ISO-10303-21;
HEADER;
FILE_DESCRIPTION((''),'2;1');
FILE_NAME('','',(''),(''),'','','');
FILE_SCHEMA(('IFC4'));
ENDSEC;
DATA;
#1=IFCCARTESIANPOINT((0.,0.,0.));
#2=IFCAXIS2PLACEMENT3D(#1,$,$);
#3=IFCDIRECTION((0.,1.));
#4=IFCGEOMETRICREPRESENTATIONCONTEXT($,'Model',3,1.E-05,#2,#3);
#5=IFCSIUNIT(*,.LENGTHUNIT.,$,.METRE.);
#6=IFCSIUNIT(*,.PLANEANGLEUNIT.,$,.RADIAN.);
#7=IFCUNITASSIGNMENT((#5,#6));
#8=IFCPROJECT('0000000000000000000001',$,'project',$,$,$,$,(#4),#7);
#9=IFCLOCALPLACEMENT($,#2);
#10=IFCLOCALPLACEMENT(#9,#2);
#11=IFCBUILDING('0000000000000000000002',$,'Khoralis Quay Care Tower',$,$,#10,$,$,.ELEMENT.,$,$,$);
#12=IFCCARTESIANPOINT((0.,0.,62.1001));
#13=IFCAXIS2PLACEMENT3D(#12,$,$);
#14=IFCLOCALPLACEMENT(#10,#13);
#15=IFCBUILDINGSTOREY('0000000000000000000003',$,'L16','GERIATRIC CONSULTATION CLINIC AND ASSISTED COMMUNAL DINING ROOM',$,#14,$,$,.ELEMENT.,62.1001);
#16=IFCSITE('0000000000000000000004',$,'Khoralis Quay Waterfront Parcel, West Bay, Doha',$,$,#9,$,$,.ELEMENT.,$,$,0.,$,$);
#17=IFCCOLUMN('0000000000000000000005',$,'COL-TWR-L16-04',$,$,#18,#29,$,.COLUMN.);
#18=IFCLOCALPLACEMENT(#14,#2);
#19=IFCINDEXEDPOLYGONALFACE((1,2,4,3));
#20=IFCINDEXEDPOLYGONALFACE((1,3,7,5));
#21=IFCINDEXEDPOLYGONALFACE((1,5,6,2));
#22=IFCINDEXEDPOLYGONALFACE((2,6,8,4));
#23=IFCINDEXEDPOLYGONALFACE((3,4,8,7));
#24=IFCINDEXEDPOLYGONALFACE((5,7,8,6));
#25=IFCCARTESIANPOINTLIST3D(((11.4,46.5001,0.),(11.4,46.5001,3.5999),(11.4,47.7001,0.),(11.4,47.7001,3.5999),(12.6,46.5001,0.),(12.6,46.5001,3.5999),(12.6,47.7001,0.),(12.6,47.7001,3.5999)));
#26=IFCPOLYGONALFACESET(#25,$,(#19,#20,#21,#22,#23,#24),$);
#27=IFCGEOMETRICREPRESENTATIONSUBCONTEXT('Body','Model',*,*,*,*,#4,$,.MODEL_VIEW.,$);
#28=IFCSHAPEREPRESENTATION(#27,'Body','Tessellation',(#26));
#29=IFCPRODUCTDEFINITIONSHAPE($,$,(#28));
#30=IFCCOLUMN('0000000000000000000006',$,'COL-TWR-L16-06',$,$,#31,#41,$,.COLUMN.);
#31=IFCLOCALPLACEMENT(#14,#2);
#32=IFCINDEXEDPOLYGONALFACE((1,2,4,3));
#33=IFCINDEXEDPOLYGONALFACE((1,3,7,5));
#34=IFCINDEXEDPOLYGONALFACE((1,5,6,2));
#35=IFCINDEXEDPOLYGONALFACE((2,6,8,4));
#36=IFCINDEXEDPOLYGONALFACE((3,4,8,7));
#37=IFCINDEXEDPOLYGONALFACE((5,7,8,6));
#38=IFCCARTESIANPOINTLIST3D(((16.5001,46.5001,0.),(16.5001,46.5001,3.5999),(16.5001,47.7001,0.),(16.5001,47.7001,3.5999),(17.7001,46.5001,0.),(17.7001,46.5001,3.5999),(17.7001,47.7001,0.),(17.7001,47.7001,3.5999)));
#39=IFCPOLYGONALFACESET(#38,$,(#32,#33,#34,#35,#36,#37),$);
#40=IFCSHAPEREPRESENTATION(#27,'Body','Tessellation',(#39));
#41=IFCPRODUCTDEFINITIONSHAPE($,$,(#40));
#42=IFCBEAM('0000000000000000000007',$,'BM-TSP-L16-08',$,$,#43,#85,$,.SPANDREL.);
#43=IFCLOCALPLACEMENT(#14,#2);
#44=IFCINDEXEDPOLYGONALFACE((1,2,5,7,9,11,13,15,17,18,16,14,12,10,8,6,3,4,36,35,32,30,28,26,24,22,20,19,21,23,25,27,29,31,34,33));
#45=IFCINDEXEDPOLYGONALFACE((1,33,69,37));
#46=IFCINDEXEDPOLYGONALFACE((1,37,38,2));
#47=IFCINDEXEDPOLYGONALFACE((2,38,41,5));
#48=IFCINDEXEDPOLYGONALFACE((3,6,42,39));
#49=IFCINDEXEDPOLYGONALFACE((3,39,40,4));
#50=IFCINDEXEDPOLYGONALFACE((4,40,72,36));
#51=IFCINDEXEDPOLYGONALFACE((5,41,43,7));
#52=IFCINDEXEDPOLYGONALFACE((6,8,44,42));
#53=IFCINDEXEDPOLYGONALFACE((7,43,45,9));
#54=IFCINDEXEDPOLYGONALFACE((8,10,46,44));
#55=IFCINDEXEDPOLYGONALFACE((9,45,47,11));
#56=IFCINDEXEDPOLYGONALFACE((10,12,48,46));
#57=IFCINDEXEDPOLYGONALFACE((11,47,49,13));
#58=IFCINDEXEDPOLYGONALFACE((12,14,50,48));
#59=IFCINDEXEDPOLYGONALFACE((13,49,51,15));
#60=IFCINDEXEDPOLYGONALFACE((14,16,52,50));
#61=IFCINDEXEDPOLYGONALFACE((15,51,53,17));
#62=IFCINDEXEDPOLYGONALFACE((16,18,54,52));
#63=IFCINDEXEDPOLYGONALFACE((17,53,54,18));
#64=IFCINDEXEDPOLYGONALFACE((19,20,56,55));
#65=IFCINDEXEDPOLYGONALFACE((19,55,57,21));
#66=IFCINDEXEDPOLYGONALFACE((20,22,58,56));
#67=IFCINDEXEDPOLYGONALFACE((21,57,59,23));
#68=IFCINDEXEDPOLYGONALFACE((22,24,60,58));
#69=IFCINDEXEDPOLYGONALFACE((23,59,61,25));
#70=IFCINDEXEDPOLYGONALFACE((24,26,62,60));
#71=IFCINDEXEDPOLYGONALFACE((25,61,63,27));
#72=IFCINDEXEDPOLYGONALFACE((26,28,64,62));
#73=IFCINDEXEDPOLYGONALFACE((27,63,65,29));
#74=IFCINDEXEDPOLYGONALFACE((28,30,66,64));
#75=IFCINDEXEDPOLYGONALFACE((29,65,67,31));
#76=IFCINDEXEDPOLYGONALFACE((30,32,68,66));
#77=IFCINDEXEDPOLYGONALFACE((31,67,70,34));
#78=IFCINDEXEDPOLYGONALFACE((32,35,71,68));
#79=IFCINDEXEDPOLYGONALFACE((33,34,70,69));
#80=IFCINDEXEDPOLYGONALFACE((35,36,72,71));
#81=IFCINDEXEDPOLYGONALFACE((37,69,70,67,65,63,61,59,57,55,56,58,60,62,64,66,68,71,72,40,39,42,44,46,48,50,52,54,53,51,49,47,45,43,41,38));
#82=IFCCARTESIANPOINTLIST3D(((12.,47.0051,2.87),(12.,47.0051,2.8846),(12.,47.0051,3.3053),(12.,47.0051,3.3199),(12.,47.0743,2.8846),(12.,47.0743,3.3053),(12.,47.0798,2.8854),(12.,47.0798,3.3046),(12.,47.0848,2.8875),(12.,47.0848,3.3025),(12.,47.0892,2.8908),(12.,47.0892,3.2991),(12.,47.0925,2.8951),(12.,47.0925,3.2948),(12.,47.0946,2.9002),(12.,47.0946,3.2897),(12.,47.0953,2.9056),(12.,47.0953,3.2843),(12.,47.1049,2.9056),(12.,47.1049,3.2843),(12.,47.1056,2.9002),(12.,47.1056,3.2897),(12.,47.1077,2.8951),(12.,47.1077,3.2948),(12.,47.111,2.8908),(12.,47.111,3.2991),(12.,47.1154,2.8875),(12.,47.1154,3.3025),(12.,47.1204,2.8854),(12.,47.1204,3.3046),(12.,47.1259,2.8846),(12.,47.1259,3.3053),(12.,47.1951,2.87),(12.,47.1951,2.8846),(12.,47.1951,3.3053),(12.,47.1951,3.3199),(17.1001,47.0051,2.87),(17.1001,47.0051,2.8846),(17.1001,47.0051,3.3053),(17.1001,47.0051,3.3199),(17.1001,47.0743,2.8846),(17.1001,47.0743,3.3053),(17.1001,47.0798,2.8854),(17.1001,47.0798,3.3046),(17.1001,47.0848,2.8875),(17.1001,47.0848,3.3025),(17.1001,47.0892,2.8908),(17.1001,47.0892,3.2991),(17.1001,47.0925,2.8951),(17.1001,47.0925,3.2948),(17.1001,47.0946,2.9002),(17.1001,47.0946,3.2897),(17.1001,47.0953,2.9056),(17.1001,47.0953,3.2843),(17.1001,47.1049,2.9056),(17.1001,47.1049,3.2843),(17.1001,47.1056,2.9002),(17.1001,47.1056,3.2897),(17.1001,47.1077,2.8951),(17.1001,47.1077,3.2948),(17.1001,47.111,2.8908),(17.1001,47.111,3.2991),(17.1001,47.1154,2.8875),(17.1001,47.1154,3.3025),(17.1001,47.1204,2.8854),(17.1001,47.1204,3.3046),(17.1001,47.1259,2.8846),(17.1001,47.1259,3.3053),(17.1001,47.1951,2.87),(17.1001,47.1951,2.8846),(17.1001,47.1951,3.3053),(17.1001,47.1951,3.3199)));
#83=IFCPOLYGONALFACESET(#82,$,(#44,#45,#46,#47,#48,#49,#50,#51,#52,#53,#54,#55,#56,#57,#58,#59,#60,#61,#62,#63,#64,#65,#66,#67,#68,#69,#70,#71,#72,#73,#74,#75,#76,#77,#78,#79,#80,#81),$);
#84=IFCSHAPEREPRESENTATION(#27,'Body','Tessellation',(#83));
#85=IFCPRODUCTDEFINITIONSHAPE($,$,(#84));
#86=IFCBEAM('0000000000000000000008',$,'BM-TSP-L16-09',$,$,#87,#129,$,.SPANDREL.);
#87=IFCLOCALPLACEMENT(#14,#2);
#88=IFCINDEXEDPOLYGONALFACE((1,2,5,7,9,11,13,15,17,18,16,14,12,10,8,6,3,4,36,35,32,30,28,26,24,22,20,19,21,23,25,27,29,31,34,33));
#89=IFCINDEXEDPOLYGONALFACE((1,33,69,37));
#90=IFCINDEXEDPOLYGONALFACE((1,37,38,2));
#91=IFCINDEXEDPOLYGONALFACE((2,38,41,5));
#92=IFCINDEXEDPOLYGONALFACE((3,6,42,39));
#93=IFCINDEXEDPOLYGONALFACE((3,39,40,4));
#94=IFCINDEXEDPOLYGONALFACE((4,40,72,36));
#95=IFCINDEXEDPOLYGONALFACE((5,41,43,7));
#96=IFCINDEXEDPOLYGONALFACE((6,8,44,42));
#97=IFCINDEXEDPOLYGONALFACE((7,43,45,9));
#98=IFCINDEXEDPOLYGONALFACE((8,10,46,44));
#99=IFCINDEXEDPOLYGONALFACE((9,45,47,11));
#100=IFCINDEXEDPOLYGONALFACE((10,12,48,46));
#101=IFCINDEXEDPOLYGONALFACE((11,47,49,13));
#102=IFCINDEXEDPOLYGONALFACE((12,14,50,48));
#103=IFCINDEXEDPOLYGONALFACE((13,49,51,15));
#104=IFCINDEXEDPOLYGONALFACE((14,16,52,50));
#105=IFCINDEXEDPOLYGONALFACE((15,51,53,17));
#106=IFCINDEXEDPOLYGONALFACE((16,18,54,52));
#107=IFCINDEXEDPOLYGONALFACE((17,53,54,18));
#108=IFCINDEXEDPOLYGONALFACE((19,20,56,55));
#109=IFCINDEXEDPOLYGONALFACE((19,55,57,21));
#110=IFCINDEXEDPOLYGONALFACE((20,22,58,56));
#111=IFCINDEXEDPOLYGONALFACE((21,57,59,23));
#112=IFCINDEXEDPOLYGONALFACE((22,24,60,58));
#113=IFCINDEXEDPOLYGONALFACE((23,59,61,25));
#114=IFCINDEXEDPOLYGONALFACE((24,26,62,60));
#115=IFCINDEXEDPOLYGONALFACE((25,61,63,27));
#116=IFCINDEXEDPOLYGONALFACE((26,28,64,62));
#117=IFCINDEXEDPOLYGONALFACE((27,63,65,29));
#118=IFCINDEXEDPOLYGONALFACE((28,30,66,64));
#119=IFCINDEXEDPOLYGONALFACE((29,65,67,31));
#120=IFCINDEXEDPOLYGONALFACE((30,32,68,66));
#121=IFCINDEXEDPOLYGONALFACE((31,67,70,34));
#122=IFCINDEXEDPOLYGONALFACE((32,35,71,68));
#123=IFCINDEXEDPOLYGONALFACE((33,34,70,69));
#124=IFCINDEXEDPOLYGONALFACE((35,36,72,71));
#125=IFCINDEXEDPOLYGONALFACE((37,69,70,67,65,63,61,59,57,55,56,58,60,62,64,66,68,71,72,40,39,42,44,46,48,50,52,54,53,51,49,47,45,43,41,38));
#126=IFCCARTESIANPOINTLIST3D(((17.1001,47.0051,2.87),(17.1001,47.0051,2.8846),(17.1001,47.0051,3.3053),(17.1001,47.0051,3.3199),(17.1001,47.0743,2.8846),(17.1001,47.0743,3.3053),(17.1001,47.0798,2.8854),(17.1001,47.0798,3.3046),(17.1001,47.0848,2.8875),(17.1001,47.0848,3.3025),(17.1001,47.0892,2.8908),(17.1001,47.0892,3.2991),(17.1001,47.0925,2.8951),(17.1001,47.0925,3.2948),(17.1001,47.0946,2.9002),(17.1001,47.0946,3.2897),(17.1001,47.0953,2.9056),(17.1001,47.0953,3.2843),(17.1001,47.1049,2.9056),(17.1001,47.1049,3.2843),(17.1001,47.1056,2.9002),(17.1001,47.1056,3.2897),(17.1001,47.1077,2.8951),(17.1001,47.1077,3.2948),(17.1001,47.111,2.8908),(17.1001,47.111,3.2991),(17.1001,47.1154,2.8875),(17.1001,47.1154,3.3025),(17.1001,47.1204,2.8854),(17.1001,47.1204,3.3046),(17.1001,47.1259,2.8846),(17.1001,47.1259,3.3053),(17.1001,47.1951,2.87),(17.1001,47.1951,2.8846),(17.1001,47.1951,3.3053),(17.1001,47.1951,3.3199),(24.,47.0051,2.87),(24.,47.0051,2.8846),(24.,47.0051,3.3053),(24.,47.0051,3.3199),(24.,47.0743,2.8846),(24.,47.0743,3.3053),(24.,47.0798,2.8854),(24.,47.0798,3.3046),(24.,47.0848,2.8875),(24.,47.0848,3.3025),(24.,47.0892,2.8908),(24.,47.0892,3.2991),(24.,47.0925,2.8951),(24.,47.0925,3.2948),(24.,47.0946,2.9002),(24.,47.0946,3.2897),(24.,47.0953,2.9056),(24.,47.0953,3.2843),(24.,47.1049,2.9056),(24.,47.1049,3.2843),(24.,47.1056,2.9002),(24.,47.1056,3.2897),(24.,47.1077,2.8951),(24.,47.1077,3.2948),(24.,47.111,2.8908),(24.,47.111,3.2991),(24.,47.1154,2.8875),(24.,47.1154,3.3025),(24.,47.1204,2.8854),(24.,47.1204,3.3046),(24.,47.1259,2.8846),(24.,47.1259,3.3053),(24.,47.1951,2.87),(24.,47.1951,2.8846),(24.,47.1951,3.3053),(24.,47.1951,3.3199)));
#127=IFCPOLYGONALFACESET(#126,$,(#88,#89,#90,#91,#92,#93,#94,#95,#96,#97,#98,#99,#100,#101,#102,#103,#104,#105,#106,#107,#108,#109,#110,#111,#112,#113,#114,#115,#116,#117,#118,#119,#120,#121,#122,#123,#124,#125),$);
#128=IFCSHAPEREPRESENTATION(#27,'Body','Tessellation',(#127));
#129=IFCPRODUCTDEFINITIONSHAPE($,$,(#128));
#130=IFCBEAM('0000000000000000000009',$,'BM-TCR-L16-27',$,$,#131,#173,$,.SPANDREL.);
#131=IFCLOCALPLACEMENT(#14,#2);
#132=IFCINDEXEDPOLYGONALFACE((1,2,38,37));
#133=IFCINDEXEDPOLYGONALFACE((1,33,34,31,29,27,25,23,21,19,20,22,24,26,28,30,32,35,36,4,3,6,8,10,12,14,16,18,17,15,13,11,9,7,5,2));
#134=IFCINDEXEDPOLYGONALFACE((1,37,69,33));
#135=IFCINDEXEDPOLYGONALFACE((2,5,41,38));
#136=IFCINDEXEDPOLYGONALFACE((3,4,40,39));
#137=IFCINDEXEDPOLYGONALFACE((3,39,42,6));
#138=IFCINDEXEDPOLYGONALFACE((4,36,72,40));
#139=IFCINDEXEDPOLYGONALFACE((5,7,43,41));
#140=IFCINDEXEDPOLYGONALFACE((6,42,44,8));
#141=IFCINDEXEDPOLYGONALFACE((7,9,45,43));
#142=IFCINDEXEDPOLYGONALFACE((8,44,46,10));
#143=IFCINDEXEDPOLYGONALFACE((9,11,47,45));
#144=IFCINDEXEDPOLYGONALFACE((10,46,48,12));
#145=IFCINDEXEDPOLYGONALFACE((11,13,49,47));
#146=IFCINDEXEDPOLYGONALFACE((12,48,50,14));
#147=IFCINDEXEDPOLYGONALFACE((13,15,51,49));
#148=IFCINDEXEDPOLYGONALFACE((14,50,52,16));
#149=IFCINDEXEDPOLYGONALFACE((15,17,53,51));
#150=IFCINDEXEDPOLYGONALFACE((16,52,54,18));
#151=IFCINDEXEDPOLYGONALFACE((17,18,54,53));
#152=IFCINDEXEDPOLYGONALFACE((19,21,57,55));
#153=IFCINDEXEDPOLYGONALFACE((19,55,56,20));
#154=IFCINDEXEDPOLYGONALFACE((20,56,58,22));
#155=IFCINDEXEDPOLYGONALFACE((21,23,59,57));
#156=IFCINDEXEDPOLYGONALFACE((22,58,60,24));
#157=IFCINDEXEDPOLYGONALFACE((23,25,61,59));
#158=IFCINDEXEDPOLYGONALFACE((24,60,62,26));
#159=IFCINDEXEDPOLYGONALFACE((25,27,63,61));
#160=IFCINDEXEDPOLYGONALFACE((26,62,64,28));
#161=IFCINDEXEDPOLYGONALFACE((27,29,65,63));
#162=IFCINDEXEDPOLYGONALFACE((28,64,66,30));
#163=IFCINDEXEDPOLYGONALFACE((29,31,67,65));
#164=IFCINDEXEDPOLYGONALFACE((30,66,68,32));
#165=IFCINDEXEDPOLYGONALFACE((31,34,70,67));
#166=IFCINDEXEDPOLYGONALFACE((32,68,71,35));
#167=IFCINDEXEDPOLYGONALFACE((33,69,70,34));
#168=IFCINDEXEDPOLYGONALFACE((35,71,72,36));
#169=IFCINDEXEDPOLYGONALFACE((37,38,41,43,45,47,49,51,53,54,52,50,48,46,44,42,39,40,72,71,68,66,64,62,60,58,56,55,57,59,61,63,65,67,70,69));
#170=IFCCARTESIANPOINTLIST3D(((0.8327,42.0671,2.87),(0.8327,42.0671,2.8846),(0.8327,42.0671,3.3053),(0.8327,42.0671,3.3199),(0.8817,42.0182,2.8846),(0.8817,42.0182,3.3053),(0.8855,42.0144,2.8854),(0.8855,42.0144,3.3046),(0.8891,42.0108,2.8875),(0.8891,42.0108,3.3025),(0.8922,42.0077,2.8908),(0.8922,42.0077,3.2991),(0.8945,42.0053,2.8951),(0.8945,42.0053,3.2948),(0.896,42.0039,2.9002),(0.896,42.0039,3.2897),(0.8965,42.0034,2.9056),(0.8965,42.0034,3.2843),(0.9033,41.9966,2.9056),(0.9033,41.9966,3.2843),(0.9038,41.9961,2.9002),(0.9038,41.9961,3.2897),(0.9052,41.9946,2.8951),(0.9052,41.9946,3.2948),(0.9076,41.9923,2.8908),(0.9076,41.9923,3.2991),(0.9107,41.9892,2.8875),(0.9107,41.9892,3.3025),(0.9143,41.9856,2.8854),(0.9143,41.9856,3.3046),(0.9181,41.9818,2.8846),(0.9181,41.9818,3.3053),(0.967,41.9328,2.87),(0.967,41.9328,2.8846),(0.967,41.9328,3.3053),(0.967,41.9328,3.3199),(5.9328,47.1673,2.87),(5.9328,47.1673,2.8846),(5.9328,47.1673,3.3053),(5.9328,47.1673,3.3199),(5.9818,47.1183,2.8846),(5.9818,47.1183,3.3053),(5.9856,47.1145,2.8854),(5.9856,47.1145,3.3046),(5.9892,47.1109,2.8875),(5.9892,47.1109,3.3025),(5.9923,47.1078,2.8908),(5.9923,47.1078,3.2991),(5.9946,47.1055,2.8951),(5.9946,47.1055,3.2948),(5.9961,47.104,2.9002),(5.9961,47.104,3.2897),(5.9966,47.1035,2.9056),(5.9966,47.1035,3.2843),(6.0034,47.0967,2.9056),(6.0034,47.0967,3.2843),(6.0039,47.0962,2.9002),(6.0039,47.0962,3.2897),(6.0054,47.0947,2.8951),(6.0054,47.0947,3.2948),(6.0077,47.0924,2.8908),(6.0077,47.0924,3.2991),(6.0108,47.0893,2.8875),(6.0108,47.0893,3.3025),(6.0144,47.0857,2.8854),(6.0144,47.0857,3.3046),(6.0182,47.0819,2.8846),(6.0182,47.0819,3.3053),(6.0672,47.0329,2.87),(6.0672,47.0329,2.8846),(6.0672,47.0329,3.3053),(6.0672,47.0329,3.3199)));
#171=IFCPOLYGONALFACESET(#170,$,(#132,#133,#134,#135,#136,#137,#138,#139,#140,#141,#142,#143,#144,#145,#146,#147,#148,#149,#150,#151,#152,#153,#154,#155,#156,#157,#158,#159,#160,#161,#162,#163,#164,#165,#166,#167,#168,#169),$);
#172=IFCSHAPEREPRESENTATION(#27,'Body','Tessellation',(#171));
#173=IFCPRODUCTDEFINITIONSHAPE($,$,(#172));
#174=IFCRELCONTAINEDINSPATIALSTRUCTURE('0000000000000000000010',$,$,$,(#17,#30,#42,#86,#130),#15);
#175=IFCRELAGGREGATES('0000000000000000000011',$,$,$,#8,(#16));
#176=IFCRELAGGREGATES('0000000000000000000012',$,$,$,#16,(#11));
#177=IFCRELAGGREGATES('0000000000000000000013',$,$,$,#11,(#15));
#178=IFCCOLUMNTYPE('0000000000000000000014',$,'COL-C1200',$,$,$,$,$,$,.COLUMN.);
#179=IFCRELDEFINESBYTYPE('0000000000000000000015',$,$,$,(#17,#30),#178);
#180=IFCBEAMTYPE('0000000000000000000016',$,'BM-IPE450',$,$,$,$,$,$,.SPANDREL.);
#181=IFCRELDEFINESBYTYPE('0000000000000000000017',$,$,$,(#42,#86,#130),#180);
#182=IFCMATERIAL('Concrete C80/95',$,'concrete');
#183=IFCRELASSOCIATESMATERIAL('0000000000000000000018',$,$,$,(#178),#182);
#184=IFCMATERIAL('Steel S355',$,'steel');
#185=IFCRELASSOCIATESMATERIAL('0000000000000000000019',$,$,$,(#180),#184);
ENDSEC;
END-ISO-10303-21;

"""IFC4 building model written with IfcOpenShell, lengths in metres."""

from ifc_helpers import new_model, si_unit, direction, frame, origin, origin_2d, place, context, subcontext, project, spatial, rectangle, i_section, extrude, source, transform, mapped, material, material_profile, profile_set, type_object, element, save


model = new_model("IFC4")

# Units and contexts
model_context = context("Model", 3, precision=1e-05, world=origin(), true_north=direction((0.0, 1.0)))
body_context = subcontext(model_context, "Body", "Model", "MODEL_VIEW")
ifc_project = project(units=[si_unit("LENGTHUNIT", "METRE"), si_unit("PLANEANGLEUNIT", "RADIAN")], contexts=[model_context])

# Site, building, storey
site_placement = place(None, origin())
site = spatial("IfcSite", under=ifc_project, at=site_placement, Name="Khoralis Quay Waterfront Parcel, West Bay, Doha", CompositionType="ELEMENT", RefElevation=0.0)
building_placement = place(site_placement, origin())
building = spatial("IfcBuilding", under=site, at=building_placement, Name="Khoralis Quay Care Tower", CompositionType="ELEMENT")
storey_placement = place(building_placement, frame((0.0, 0.0, 62.1001)))
storey = spatial("IfcBuildingStorey", under=building, at=storey_placement, Name="L16", Description="GERIATRIC CONSULTATION CLINIC AND ASSISTED COMMUNAL DINING ROOM", CompositionType="ELEMENT", Elevation=62.1001)

# Columns
ifc_material_1 = material(Name="Concrete C80/95", Category="concrete")
ifc_material_profile_1 = material_profile(ifc_material_1, rectangle(XDim=1.2, YDim=1.2, at=origin_2d()), Name="Concrete C80/95")
ifc_profile_set_1 = profile_set([ifc_material_profile_1], Name="Concrete C80/95")
column_type = type_object("IfcColumnType", Name="COL-C1200", PredefinedType="COLUMN", material=ifc_profile_set_1)
shared_shape_1 = source(origin(), body_context, "Body", "SweptSolid", [
    extrude(rectangle(XDim=1.2, YDim=1.2, at=origin_2d()), origin(), (0.0, 0.0, 1.0), 3.5999),
])
for number, where, z_axis, x_axis, name in (
    (1, (12.0, 47.1001, 0.0), (0.0, 0.0, 1.0), (1.0, 0.0, 0.0), "COL-TWR-L16-04"),
    (2, (17.1001, 47.1001, 0.0), (0.0, 0.0, 1.0), (1.0, 0.0, 0.0), "COL-TWR-L16-06"),
):
    element("IfcColumn", number, at=place(storey_placement, frame(where, z_axis=z_axis, x_axis=x_axis)), inside=storey, type_object=column_type, Name=name, PredefinedType="COLUMN", context=body_context, shape_type="MappedRepresentation", body=[
        mapped(shared_shape_1, transform((0.0, 0.0, 0.0), scale=1.0)),
    ])

# Beams
ifc_material_2 = material(Name="Steel S355", Category="steel")
ifc_material_profile_2 = material_profile(ifc_material_2, i_section(OverallWidth=0.1899, OverallDepth=0.45, WebThickness=0.0095, FlangeThickness=0.0146, FilletRadius=0.021, at=origin_2d()), Name="Steel S355")
ifc_profile_set_2 = profile_set([ifc_material_profile_2], Name="Steel S355")
beam_type_1 = type_object("IfcBeamType", Name="BM-IPE450", PredefinedType="SPANDREL", material=ifc_profile_set_2)
shared_shape_2 = source(origin(), body_context, "Body", "SweptSolid", [
    extrude(i_section(OverallWidth=0.1899, OverallDepth=0.45, WebThickness=0.0095, FlangeThickness=0.0146, FilletRadius=0.021, at=origin_2d()), origin(), (0.0, 0.0, 1.0), 5.1001),
])
beam_1_placement = place(storey_placement, frame((12.0, 47.1001, 3.095), z_axis=(1.0, 0.0, 0.0), x_axis=(0.0, 1.0, 0.0)))
element("IfcBeam", 3, at=beam_1_placement, inside=storey, type_object=beam_type_1, Name="BM-TSP-L16-08", PredefinedType="SPANDREL", context=body_context, shape_type="MappedRepresentation", body=[
    mapped(shared_shape_2, transform((0.0, 0.0, 0.0), scale=1.0)),
])
shared_shape_3 = source(origin(), body_context, "Body", "SweptSolid", [
    extrude(i_section(OverallWidth=0.1899, OverallDepth=0.45, WebThickness=0.0095, FlangeThickness=0.0146, FilletRadius=0.021, at=origin_2d()), origin(), (0.0, 0.0, 1.0), 6.8999),
])
beam_2_placement = place(storey_placement, frame((17.1001, 47.1001, 3.095), z_axis=(1.0, 0.0, 0.0), x_axis=(0.0, 1.0, 0.0)))
element("IfcBeam", 4, at=beam_2_placement, inside=storey, type_object=beam_type_1, Name="BM-TSP-L16-09", PredefinedType="SPANDREL", context=body_context, shape_type="MappedRepresentation", body=[
    mapped(shared_shape_3, transform((0.0, 0.0, 0.0), scale=1.0)),
])
shared_shape_4 = source(origin(), body_context, "Body", "SweptSolid", [
    extrude(i_section(OverallWidth=0.1899, OverallDepth=0.45, WebThickness=0.0095, FlangeThickness=0.0146, FilletRadius=0.021, at=origin_2d()), origin(), (0.0, 0.0, 1.0), 7.2126),
])
beam_3_placement = place(storey_placement, frame((6.0, 47.1001, 3.095), z_axis=(-0.707107, -0.707107, 0.0), x_axis=(0.707107, -0.707107, 0.0)))
element("IfcBeam", 5, at=beam_3_placement, inside=storey, type_object=beam_type_1, Name="BM-TCR-L16-27", PredefinedType="SPANDREL", context=body_context, shape_type="MappedRepresentation", body=[
    mapped(shared_shape_4, transform((0.0, 0.0, 0.0), scale=1.0)),
])

save(model, "model.ifc")
